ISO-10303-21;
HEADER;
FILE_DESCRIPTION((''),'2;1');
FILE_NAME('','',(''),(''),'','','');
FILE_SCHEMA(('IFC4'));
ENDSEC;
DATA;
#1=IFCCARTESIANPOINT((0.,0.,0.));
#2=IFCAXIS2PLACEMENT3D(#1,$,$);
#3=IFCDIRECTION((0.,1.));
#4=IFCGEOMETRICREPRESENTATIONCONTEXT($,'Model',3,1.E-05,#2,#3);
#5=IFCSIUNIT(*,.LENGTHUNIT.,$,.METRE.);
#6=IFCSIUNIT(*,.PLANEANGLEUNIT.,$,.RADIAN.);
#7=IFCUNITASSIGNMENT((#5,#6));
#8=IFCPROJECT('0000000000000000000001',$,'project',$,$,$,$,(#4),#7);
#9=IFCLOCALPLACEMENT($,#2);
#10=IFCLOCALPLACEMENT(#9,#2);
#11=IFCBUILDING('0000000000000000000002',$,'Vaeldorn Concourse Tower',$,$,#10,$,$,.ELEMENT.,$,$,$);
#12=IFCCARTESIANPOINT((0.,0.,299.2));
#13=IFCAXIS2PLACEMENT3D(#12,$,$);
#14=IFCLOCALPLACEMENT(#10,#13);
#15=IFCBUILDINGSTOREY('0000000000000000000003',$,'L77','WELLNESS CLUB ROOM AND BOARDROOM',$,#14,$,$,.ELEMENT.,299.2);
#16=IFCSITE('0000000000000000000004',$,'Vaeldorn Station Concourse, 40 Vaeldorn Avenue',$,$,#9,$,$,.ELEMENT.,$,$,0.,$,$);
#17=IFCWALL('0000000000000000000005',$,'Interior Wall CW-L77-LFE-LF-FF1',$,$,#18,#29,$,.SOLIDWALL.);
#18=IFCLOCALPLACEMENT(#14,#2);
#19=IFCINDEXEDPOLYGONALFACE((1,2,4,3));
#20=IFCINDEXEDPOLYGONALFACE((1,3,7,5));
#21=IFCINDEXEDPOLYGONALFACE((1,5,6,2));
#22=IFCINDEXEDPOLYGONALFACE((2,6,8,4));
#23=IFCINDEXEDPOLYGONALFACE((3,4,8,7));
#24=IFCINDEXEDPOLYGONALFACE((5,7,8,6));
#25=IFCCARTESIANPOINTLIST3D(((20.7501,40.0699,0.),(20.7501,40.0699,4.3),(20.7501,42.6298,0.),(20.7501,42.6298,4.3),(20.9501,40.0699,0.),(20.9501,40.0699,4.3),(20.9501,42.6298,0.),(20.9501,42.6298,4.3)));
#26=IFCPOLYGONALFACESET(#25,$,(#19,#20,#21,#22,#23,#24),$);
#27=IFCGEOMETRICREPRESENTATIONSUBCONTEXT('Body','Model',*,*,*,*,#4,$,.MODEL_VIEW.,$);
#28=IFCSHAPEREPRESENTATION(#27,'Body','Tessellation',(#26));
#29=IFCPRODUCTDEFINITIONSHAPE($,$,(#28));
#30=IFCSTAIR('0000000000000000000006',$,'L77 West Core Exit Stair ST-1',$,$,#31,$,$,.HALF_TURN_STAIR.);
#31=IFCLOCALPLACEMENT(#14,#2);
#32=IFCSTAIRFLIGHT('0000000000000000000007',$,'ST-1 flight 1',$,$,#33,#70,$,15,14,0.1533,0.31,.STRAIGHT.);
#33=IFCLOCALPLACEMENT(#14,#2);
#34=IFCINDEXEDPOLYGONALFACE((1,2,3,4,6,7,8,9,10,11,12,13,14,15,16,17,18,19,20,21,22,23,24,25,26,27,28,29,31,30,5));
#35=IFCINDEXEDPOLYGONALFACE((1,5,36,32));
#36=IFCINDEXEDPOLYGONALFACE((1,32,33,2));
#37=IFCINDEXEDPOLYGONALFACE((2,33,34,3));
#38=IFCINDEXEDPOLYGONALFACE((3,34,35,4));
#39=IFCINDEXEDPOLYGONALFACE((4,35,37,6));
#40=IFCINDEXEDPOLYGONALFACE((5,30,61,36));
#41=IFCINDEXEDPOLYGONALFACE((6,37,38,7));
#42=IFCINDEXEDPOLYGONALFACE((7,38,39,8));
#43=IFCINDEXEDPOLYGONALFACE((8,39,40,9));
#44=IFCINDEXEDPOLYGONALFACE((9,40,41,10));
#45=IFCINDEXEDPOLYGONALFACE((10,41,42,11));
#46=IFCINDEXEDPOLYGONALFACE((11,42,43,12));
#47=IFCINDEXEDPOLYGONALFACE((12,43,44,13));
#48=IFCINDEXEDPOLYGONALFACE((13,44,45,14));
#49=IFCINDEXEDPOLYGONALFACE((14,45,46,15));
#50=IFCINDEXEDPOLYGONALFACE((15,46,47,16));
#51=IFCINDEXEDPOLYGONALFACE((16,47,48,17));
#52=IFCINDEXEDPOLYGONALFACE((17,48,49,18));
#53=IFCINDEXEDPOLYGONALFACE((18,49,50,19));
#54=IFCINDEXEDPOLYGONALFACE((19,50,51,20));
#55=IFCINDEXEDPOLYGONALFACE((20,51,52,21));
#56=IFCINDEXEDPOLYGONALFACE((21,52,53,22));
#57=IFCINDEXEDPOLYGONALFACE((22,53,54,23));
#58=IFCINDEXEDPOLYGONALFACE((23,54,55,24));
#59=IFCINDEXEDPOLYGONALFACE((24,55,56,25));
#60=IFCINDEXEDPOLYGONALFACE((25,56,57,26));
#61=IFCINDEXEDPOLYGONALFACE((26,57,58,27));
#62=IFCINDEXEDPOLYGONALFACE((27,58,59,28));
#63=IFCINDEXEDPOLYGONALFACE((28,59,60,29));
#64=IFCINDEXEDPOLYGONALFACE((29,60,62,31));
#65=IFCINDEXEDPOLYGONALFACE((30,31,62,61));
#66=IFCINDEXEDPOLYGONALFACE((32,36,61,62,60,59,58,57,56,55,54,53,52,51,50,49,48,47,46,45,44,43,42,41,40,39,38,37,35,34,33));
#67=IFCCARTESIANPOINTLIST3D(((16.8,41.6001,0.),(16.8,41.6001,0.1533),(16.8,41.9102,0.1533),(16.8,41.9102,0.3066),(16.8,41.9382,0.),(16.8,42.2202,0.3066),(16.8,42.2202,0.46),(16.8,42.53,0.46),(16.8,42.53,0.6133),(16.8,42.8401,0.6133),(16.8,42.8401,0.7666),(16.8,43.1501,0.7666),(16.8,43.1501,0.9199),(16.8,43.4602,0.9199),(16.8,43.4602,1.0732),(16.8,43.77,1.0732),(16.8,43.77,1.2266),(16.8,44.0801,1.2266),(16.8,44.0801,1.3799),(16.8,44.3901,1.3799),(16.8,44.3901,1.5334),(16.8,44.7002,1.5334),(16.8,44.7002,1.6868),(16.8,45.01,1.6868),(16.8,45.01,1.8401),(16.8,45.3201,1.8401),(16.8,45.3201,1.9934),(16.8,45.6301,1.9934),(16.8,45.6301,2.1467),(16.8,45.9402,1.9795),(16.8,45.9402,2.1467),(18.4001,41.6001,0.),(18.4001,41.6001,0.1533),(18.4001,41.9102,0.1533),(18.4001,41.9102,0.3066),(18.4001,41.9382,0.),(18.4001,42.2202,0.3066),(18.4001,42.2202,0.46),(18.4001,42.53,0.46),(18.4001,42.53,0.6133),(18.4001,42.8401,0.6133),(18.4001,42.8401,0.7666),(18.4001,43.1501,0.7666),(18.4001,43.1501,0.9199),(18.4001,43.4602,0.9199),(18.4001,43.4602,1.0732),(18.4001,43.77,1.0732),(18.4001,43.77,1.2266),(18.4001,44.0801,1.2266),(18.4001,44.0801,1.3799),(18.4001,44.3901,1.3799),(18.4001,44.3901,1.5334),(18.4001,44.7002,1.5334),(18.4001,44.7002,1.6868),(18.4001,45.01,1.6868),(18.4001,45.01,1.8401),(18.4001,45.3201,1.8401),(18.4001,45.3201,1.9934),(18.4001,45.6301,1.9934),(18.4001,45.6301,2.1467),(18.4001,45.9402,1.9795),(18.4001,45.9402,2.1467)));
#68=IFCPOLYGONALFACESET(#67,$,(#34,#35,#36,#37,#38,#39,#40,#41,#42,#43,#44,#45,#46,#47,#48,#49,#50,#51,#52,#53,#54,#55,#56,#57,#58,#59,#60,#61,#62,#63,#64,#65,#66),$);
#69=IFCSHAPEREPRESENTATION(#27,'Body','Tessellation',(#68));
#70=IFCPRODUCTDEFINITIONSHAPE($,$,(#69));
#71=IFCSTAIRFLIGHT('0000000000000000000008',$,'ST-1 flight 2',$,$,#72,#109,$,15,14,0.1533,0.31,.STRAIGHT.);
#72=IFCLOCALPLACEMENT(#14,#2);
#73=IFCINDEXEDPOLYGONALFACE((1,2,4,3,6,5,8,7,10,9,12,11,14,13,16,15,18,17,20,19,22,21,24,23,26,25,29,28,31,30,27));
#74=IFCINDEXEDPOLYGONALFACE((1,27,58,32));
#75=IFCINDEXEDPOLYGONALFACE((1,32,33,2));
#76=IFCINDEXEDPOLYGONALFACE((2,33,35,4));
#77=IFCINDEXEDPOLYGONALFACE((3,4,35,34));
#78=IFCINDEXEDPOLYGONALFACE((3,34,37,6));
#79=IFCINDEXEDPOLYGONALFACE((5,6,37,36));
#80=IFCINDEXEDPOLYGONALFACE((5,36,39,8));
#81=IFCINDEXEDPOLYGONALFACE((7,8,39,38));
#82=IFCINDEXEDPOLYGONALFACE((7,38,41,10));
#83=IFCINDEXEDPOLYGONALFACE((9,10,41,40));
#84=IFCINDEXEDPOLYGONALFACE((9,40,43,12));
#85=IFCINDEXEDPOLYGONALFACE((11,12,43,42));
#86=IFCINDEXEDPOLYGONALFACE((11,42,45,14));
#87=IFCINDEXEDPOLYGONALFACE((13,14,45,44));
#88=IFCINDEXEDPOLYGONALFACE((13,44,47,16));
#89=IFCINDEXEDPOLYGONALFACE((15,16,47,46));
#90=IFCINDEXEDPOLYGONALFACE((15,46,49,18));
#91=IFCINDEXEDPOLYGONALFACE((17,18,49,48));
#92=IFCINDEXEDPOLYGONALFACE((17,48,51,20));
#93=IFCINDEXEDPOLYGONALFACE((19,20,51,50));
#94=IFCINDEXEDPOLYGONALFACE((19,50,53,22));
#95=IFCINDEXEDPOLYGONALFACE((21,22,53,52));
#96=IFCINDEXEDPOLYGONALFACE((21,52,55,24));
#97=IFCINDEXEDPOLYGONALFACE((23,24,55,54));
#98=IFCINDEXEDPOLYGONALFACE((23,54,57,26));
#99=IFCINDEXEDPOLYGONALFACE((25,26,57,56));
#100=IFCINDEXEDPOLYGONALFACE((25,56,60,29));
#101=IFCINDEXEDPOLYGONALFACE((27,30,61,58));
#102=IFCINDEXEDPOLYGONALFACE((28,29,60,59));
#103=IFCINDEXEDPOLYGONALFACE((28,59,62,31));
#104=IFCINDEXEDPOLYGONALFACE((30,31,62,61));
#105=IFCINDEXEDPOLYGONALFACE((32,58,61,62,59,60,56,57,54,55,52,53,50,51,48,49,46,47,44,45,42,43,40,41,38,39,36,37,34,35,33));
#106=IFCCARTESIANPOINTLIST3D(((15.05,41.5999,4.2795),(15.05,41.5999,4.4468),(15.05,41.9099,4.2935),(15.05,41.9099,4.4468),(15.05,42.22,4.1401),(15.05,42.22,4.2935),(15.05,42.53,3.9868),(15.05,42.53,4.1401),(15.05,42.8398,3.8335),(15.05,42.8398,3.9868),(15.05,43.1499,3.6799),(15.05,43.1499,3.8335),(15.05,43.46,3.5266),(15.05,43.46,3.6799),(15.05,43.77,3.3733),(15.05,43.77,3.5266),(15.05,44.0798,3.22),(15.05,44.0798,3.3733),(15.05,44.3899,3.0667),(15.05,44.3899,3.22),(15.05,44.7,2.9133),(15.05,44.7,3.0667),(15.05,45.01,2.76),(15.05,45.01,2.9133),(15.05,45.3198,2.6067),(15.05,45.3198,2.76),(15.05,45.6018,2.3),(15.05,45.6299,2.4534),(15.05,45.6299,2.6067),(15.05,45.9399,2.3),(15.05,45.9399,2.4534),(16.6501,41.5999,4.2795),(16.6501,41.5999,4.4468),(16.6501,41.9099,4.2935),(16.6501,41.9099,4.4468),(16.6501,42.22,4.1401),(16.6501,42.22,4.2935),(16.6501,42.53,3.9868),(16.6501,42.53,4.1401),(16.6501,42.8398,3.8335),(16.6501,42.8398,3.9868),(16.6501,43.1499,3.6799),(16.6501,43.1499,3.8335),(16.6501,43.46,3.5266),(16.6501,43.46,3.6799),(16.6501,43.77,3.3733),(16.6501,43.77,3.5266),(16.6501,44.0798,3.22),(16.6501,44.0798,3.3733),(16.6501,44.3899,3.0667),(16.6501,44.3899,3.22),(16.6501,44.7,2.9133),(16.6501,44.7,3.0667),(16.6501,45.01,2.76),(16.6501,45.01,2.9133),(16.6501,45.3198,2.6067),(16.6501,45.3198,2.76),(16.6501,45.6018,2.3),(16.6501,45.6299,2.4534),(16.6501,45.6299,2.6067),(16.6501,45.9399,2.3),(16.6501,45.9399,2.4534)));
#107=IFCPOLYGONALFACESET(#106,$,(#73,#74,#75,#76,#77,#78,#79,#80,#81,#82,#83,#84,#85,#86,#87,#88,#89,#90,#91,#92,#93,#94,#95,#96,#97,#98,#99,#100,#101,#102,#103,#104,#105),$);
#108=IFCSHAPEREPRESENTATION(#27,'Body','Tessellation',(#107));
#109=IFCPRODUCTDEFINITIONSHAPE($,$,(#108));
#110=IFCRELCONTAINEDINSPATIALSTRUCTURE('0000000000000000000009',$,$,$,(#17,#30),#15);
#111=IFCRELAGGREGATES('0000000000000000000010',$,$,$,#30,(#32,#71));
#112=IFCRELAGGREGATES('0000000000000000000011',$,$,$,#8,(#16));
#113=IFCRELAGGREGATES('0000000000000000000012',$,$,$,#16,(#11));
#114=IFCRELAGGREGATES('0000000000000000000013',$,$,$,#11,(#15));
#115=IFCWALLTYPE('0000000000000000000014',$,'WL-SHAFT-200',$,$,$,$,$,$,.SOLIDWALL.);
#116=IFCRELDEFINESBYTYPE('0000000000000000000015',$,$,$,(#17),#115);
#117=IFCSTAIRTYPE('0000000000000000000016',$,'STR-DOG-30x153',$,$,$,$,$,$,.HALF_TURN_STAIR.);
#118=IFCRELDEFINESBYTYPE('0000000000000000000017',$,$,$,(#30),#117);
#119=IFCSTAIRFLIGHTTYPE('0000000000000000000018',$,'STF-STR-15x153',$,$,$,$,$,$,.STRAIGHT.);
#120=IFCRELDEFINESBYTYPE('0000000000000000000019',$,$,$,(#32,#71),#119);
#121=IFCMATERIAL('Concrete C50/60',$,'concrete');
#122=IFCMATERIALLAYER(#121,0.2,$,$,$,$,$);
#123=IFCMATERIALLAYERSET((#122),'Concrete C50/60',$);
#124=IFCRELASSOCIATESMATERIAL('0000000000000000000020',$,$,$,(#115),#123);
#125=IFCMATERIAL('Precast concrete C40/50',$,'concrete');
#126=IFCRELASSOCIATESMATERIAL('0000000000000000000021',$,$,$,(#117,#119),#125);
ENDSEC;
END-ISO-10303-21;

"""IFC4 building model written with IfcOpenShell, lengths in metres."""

from ifc_helpers import new_model, si_unit, direction, frame, frame_2d, origin, place, context, subcontext, project, spatial, polyline, rectangle, outline, extrude, material, layer, layer_set, type_object, element, aggregate, save


model = new_model("IFC4")

# Units and contexts
model_context = context("Model", 3, precision=1e-05, world=origin(), true_north=direction((0.0, 1.0)))
body_context = subcontext(model_context, "Body", "Model", "MODEL_VIEW")
ifc_project = project(units=[si_unit("LENGTHUNIT", "METRE"), si_unit("PLANEANGLEUNIT", "RADIAN")], contexts=[model_context])

# Site, building, storey
site_placement = place(None, origin())
site = spatial("IfcSite", under=ifc_project, at=site_placement, Name="Vaeldorn Station Concourse, 40 Vaeldorn Avenue", CompositionType="ELEMENT", RefElevation=0.0)
building_placement = place(site_placement, origin())
building = spatial("IfcBuilding", under=site, at=building_placement, Name="Vaeldorn Concourse Tower", CompositionType="ELEMENT")
storey_placement = place(building_placement, frame((0.0, 0.0, 299.2)))
storey = spatial("IfcBuildingStorey", under=building, at=storey_placement, Name="L77", Description="WELLNESS CLUB ROOM AND BOARDROOM", CompositionType="ELEMENT", Elevation=299.2)

# Shared definitions
ifc_material_1 = material(Name="Concrete C50/60", Category="concrete")

# Shared definitions
ifc_layer_1 = layer(ifc_material_1, 0.2)
ifc_layer_set_1 = layer_set([ifc_layer_1], Name="Concrete C50/60")
wall_type_1 = type_object("IfcWallType", Name="WL-SHAFT-200", PredefinedType="SOLIDWALL", material=ifc_layer_set_1)

# Wall
wall_1_placement = place(storey_placement, frame((20.8501, 40.0701, 0.0), z_axis=(0.0, 0.0, 1.0), x_axis=(0.0, 1.0, 0.0)))
element("IfcWall", 1, at=wall_1_placement, inside=storey, type_object=wall_type_1, Name="Interior Wall CW-L77-LFE-LF-FF1", PredefinedType="SOLIDWALL", context=body_context, shape_type="SweptSolid", body=[
    extrude(rectangle(XDim=2.5598, YDim=0.2, at=frame_2d((1.2798, 0.0))), origin(), (0.0, 0.0, 1.0), 4.3),
])

# Stair, stair flights
ifc_material_2 = material(Name="Precast concrete C40/50", Category="concrete")
stair_type = type_object("IfcStairType", Name="STR-DOG-30x153", PredefinedType="HALF_TURN_STAIR", material=ifc_material_2)
stair_placement = place(storey_placement, origin())
stair = element("IfcStair", 2, at=stair_placement, inside=storey, type_object=stair_type, Name="L77 West Core Exit Stair ST-1", PredefinedType="HALF_TURN_STAIR")
stair_flight_type = type_object("IfcStairFlightType", Name="STF-STR-15x153", PredefinedType="STRAIGHT", material=ifc_material_2)
stair_flight_1_placement = place(storey_placement, frame((17.6001, 41.6001, 0.0), z_axis=(0.0, 0.0, 1.0), x_axis=(0.0, 1.0, 0.0)))
stair_flight_1 = element("IfcStairFlight", 3, at=stair_flight_1_placement, type_object=stair_flight_type, Name="ST-1 flight 1", NumberOfRisers=15, NumberOfTreads=14, PredefinedType="STRAIGHT", RiserHeight=0.1533, TreadLength=0.31, context=body_context, shape_type="SweptSolid", body=[
    extrude(outline(polyline([(0.0, 0.0), (0.0, 0.1533), (0.3101, 0.1533), (0.3101, 0.3066), (0.6201, 0.3066), (0.6201, 0.46), (0.9299, 0.46), (0.9299, 0.6133), (1.24, 0.6133), (1.24, 0.7666), (1.55, 0.7666), (1.55, 0.9199), (1.8601, 0.9199), (1.8601, 1.0732), (2.1699, 1.0732), (2.1699, 1.2266), (2.48, 1.2266), (2.48, 1.3799), (2.79, 1.3799), (2.79, 1.5334), (3.1001, 1.5334), (3.1001, 1.6868), (3.4099, 1.6868), (3.4099, 1.8401), (3.72, 1.8401), (3.72, 1.9934), (4.03, 1.9934), (4.03, 2.1467), (4.3401, 2.1467), (4.3401, 2.3), (4.3401, 1.9795), (0.3381, 0.0), (0.0, 0.0)])), frame((0.0, 0.8, 0.0), z_axis=(0.0, -1.0, 0.0), x_axis=(1.0, 0.0, 0.0)), (0.0, 0.0, 1.0), 1.6001),
])
stair_flight_2_placement = place(storey_placement, frame((15.8501, 45.9399, 2.3), z_axis=(0.0, 0.0, 1.0), x_axis=(0.0, -1.0, 0.0)))
stair_flight_2 = element("IfcStairFlight", 4, at=stair_flight_2_placement, type_object=stair_flight_type, Name="ST-1 flight 2", NumberOfRisers=15, NumberOfTreads=14, PredefinedType="STRAIGHT", RiserHeight=0.1533, TreadLength=0.31, context=body_context, shape_type="SweptSolid", body=[
    extrude(outline(polyline([(0.0, 0.0), (0.0, 0.1533), (0.3101, 0.1533), (0.3101, 0.3066), (0.6201, 0.3066), (0.6201, 0.46), (0.9299, 0.46), (0.9299, 0.6133), (1.24, 0.6133), (1.24, 0.7666), (1.55, 0.7666), (1.55, 0.9199), (1.8601, 0.9199), (1.8601, 1.0732), (2.1699, 1.0732), (2.1699, 1.2266), (2.48, 1.2266), (2.48, 1.3799), (2.79, 1.3799), (2.79, 1.5334), (3.1001, 1.5334), (3.1001, 1.6868), (3.4099, 1.6868), (3.4099, 1.8401), (3.72, 1.8401), (3.72, 1.9934), (4.03, 1.9934), (4.03, 2.1467), (4.3401, 2.1467), (4.3401, 2.3), (4.3401, 1.9795), (0.3381, 0.0), (0.0, 0.0)])), frame((0.0, 0.8, 0.0), z_axis=(0.0, -1.0, 0.0), x_axis=(1.0, 0.0, 0.0)), (0.0, 0.0, 1.0), 1.6001),
])
aggregate(stair, [stair_flight_1, stair_flight_2])

save(model, "model.ifc")
